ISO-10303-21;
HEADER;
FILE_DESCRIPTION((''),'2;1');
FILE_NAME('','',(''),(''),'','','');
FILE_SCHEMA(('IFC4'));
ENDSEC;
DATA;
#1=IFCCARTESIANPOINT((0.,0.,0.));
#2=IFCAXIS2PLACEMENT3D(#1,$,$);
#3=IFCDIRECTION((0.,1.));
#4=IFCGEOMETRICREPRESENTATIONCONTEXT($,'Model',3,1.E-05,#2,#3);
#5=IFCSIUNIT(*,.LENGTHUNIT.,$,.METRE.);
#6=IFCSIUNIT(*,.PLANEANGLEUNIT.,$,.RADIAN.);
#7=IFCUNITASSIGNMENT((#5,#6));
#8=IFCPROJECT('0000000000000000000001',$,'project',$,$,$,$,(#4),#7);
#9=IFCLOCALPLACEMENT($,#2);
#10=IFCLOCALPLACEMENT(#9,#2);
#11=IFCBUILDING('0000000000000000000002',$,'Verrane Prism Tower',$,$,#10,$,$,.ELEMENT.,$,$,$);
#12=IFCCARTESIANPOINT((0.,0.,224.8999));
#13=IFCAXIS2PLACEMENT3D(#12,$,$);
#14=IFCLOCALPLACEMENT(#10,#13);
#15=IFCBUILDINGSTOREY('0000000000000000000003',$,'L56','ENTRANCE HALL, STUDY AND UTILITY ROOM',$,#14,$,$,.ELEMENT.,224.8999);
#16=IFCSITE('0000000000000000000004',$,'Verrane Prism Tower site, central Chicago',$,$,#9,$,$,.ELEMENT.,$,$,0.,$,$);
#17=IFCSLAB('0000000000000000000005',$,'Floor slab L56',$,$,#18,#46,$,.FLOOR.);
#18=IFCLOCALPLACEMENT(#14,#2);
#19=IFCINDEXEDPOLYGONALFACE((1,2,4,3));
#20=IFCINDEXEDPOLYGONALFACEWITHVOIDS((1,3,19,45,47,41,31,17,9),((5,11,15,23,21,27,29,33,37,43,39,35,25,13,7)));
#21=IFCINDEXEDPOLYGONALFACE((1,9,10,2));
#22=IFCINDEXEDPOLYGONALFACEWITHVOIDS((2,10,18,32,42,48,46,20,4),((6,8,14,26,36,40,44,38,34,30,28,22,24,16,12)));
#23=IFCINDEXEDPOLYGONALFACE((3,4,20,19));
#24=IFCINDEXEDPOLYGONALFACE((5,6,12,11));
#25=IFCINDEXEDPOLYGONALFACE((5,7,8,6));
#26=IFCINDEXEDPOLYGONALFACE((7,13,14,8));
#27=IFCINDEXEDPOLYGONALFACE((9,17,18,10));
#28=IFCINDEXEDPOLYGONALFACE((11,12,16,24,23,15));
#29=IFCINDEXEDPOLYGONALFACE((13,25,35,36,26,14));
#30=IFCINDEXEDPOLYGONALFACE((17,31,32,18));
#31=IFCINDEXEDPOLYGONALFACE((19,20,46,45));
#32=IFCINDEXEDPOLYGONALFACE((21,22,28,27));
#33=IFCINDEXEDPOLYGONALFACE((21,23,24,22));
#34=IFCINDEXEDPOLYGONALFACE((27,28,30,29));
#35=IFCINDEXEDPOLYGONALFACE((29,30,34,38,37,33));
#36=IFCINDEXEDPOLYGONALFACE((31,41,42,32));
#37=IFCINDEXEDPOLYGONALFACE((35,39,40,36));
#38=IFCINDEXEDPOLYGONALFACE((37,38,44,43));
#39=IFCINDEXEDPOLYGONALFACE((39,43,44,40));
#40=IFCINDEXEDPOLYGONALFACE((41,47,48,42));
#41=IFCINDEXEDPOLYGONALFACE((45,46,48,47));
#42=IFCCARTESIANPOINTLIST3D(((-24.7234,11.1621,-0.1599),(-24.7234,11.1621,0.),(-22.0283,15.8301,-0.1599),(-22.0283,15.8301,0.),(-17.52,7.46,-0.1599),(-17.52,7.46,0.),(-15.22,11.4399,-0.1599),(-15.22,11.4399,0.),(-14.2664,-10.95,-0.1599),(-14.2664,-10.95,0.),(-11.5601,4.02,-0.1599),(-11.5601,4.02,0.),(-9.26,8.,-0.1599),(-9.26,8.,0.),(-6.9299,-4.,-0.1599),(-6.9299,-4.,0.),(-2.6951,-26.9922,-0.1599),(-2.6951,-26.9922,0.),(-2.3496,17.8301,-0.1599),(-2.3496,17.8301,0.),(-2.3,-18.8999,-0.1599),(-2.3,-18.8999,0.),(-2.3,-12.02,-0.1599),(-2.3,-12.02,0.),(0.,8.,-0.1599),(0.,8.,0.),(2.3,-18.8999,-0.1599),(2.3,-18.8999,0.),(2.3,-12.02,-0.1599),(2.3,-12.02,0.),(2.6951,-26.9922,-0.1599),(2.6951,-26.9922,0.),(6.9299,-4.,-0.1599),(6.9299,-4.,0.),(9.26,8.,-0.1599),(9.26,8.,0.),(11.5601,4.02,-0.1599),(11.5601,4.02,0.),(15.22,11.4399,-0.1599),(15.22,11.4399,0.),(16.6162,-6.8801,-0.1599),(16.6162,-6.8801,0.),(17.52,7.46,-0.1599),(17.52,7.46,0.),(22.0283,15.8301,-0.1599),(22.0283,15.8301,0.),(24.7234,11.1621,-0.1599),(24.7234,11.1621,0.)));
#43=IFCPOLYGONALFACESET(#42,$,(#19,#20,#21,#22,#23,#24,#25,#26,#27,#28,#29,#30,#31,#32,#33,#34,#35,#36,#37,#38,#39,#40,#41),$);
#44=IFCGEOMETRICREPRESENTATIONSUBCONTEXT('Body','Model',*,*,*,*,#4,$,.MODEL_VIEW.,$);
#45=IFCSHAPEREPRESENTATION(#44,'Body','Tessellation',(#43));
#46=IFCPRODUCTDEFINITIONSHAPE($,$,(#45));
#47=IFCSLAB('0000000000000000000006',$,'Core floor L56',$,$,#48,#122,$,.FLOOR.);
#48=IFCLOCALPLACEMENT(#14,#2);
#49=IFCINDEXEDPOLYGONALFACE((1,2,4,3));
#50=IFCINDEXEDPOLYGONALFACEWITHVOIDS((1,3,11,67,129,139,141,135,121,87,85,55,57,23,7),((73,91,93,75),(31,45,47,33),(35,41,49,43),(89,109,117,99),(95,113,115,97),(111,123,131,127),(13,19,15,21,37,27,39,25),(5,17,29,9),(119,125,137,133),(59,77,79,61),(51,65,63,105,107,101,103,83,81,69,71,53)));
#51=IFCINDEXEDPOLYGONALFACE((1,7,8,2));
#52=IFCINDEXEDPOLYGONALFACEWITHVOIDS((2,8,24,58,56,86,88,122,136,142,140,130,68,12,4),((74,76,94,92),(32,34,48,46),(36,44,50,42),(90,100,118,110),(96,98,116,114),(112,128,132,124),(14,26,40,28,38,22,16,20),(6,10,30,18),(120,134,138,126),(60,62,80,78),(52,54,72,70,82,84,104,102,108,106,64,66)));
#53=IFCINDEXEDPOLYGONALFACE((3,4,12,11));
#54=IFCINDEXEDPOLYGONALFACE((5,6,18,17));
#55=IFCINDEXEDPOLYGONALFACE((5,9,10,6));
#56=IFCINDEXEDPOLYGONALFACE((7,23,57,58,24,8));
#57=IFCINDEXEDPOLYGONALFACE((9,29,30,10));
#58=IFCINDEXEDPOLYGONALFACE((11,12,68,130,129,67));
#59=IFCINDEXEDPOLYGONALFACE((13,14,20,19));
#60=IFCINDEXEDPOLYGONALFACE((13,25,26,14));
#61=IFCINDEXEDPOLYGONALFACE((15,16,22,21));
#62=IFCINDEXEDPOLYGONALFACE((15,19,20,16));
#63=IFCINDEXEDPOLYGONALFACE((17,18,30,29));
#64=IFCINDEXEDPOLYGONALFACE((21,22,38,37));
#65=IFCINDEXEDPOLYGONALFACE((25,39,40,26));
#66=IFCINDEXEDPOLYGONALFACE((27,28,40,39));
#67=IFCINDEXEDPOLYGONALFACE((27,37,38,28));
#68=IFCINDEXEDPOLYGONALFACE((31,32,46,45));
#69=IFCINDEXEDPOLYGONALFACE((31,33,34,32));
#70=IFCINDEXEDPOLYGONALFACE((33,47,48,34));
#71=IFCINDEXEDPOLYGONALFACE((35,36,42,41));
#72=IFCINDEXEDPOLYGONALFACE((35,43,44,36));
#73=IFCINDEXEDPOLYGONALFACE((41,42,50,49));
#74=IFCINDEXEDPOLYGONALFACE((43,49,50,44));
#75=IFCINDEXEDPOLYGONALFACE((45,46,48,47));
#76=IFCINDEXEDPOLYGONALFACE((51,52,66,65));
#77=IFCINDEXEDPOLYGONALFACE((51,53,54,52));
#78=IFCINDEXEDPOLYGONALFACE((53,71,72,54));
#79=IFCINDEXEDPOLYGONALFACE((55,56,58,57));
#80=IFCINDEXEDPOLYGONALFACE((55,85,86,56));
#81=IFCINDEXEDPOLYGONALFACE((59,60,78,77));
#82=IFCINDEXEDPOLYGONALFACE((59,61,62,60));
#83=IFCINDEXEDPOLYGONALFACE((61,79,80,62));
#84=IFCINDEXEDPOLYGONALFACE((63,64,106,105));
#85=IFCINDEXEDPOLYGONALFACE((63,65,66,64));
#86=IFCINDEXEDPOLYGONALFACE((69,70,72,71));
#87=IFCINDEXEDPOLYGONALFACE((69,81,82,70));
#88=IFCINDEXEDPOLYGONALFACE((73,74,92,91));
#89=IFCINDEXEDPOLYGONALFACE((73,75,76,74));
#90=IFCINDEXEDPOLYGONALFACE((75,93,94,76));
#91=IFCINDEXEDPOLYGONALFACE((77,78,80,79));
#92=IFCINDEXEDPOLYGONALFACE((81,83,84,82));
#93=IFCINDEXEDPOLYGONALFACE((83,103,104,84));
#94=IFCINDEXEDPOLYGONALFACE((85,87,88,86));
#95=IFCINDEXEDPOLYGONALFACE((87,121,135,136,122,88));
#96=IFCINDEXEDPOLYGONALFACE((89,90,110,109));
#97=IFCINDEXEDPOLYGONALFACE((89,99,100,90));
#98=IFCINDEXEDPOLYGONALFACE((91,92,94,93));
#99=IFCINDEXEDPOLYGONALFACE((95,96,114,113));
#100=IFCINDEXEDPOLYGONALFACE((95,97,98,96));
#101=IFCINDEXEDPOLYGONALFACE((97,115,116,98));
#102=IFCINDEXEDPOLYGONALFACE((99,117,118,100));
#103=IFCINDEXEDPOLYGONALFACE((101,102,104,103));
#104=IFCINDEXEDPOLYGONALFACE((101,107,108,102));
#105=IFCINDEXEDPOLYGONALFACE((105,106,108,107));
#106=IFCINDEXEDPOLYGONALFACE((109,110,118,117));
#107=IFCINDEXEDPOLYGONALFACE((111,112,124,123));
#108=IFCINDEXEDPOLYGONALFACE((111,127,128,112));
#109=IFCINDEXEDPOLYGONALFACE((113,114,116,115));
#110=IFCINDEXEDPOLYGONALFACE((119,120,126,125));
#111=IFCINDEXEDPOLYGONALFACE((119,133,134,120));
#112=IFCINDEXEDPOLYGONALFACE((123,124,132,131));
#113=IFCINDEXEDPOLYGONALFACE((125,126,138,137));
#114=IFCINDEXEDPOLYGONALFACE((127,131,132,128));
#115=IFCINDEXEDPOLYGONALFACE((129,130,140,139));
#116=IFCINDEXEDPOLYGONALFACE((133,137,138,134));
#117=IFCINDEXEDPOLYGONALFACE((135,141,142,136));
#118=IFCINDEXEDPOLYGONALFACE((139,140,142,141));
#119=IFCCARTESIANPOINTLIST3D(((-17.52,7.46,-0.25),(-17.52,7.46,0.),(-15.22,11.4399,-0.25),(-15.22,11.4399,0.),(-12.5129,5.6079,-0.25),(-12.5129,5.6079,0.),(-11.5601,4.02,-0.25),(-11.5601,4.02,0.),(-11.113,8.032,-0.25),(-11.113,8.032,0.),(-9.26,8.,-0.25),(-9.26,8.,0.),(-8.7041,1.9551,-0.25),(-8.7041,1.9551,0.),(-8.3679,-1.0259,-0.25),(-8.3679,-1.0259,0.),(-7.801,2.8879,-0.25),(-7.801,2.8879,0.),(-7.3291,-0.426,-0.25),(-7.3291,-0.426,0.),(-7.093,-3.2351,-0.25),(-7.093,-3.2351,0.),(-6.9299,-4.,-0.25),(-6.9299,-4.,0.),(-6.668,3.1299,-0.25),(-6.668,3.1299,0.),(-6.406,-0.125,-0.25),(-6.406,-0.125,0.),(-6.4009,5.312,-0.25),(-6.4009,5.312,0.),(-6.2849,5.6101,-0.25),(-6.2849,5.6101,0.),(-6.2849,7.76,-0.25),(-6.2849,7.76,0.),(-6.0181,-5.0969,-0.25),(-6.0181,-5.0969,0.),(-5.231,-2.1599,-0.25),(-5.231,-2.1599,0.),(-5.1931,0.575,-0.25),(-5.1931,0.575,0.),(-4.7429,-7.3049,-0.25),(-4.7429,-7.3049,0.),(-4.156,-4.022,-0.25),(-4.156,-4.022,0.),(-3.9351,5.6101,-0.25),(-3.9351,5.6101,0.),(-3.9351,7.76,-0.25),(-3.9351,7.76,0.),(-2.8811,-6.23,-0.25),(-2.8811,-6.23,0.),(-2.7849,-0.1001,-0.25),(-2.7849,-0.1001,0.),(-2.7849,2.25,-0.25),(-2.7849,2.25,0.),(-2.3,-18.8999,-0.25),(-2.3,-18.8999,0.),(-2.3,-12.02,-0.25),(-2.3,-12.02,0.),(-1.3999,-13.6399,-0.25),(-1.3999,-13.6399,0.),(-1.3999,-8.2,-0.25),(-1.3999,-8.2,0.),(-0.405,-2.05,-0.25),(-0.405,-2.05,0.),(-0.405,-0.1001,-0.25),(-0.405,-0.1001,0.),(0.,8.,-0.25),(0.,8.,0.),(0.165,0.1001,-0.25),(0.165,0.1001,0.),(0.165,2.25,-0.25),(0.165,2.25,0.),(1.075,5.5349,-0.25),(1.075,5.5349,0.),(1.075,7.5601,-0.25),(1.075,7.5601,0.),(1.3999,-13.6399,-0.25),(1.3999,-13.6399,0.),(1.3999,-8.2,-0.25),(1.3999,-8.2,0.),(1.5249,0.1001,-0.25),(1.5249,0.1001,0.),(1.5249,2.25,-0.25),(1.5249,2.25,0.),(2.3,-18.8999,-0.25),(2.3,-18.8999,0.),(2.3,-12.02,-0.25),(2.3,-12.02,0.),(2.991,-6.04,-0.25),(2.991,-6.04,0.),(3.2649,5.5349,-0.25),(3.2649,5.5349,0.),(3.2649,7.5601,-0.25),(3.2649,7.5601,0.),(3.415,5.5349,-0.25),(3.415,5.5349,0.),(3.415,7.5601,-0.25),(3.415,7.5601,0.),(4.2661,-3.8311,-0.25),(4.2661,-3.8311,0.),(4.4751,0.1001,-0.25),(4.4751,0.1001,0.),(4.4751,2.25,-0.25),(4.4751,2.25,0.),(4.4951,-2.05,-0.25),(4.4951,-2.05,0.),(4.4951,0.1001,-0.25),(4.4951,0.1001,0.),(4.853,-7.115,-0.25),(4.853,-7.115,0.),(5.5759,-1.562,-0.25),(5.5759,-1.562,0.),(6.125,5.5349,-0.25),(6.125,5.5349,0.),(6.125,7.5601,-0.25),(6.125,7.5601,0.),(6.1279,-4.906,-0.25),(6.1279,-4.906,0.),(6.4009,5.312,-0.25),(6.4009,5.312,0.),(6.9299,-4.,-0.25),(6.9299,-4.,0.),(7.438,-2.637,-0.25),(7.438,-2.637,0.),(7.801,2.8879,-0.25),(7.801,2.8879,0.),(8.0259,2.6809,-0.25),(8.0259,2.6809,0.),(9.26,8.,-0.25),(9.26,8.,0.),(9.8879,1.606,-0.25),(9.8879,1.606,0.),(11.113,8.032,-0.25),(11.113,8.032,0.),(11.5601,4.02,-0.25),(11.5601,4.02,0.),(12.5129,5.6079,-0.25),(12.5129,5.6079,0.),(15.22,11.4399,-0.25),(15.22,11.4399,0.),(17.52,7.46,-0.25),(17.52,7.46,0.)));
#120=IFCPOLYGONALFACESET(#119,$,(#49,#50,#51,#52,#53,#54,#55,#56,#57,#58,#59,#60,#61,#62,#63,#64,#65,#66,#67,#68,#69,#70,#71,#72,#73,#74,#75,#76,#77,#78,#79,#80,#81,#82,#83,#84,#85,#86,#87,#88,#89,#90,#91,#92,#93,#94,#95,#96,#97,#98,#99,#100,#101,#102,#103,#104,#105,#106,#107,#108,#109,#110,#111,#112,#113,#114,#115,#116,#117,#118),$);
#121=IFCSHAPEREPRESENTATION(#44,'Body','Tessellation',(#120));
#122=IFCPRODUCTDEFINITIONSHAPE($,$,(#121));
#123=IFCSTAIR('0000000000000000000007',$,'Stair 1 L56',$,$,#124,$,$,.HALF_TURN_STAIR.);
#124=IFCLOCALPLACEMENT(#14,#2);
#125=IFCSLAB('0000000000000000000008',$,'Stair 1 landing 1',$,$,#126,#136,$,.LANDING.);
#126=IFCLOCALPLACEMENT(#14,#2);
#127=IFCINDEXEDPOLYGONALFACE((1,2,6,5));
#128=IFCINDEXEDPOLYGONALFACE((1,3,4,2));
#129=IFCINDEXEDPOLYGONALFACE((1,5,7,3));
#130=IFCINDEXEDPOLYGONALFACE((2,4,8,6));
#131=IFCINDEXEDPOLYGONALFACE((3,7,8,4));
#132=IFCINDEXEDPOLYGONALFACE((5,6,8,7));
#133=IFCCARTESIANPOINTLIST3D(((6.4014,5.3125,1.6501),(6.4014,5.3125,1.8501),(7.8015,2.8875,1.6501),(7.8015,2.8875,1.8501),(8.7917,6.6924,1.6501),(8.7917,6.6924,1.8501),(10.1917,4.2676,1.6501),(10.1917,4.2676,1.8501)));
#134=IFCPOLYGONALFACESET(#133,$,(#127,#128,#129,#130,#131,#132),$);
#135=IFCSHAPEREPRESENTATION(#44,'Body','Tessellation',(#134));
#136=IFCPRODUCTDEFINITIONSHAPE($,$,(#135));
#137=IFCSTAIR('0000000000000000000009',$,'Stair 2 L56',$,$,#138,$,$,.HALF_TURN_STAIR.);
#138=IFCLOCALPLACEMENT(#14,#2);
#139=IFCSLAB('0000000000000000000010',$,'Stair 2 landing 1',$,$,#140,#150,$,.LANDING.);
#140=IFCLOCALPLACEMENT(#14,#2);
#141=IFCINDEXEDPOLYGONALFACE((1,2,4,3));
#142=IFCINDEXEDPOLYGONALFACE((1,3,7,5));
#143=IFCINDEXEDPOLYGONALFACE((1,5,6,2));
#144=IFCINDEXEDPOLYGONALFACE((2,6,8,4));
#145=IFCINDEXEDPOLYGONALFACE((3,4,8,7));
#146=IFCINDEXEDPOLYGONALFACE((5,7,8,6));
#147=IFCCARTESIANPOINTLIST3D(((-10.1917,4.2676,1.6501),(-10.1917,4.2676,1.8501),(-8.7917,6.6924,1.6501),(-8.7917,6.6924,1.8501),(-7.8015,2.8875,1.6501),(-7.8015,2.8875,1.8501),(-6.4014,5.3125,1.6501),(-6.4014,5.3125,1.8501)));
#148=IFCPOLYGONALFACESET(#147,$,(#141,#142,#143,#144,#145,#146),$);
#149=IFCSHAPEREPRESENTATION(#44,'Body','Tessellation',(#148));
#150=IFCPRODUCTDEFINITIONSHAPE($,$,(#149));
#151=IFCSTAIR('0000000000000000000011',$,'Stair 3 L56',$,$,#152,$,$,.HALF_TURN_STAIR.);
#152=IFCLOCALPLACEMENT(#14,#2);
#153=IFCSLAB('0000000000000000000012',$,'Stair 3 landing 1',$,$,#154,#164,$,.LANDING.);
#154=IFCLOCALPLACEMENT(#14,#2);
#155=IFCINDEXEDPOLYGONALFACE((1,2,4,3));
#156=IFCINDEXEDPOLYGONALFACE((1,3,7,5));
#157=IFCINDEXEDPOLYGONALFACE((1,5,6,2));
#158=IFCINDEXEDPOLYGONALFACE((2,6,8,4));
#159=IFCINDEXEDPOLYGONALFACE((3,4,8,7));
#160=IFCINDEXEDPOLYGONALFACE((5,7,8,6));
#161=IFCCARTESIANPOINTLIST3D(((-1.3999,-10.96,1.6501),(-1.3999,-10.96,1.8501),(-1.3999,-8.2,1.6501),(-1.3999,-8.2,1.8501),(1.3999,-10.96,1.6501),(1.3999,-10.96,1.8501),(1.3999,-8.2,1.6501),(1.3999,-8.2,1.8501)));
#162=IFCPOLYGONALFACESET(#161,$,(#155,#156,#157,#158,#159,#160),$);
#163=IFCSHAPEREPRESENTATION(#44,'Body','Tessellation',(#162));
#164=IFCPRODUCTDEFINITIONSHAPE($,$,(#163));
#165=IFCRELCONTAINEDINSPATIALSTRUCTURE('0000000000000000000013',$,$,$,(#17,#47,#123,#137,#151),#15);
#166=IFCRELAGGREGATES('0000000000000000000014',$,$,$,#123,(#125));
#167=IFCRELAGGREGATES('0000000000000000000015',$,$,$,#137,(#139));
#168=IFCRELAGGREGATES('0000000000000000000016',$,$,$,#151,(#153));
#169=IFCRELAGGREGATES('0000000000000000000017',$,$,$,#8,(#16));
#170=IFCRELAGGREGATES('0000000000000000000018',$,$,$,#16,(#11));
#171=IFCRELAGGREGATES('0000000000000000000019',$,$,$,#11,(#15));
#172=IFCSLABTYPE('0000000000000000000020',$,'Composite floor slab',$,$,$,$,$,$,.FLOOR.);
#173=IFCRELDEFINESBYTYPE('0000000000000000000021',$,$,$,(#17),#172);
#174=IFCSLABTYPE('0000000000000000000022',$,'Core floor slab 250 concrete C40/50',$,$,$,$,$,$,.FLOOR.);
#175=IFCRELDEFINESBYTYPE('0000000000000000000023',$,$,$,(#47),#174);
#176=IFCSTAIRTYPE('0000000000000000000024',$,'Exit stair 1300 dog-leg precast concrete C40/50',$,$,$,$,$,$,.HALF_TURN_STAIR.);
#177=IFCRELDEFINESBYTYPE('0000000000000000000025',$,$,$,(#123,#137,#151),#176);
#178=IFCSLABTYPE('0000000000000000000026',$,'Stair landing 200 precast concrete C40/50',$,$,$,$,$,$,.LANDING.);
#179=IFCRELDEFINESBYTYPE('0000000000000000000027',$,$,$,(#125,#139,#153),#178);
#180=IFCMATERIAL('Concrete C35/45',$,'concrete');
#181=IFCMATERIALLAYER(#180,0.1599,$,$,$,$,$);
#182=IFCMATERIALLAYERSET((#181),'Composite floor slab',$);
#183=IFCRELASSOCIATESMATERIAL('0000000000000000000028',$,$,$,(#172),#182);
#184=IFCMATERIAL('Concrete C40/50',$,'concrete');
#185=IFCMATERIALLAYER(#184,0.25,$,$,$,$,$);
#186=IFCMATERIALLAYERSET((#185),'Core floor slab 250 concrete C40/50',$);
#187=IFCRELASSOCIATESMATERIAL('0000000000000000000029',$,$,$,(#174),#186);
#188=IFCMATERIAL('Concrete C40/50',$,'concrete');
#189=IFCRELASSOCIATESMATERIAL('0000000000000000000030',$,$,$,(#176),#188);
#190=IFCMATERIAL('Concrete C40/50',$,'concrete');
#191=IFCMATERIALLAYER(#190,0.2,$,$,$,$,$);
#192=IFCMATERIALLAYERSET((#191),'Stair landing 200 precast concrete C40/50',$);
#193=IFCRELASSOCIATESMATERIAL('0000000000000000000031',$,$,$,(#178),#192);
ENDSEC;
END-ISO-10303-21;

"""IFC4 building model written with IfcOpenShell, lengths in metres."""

from ifc_helpers import new_model, si_unit, direction, frame, origin, place, context, subcontext, project, spatial, polyline, outline, extrude, material, layer, layer_set, type_object, element, aggregate, save


model = new_model("IFC4")

# Units and contexts
model_context = context("Model", 3, precision=1e-05, world=origin(), true_north=direction((0.0, 1.0)))
body_context = subcontext(model_context, "Body", "Model", "MODEL_VIEW")
ifc_project = project(units=[si_unit("LENGTHUNIT", "METRE"), si_unit("PLANEANGLEUNIT", "RADIAN")], contexts=[model_context])

# Site, building, storey
site_placement = place(None, origin())
site = spatial("IfcSite", under=ifc_project, at=site_placement, Name="Verrane Prism Tower site, central Chicago", CompositionType="ELEMENT", RefElevation=0.0)
building_placement = place(site_placement, origin())
building = spatial("IfcBuilding", under=site, at=building_placement, Name="Verrane Prism Tower", CompositionType="ELEMENT")
storey_placement = place(building_placement, frame((0.0, 0.0, 224.8999)))
storey = spatial("IfcBuildingStorey", under=building, at=storey_placement, Name="L56", Description="ENTRANCE HALL, STUDY AND UTILITY ROOM", CompositionType="ELEMENT", Elevation=224.8999)

# Slabs
ifc_material_1 = material(Name="Concrete C35/45", Category="concrete")
ifc_layer_1 = layer(ifc_material_1, 0.1599)
ifc_layer_set_1 = layer_set([ifc_layer_1], Name="Composite floor slab")
slab_type_1 = type_object("IfcSlabType", Name="Composite floor slab", PredefinedType="FLOOR", material=ifc_layer_set_1)
slab_1_placement = place(storey_placement, frame((0.0, 0.0, -0.1599)))
element("IfcSlab", 1, at=slab_1_placement, inside=storey, type_object=slab_type_1, Name="Floor slab L56", PredefinedType="FLOOR", context=body_context, shape_type="SweptSolid", body=[
    extrude(outline(polyline([(16.6162, -6.8801), (2.6951, -26.9922), (-2.6951, -26.9922), (-14.2664, -10.95), (-24.7234, 11.1621), (-22.0283, 15.8301), (-2.3496, 17.8301), (22.0283, 15.8301), (24.7234, 11.1621), (16.6162, -6.8801)]), holes=[polyline([(17.52, 7.46), (15.22, 11.4399), (9.26, 8.0), (0.0, 8.0), (-9.26, 8.0), (-15.22, 11.4399), (-17.52, 7.46), (-11.5601, 4.02), (-6.9299, -4.0), (-2.3, -12.02), (-2.3, -18.8999), (2.3, -18.8999), (2.3, -12.02), (6.9299, -4.0), (11.5601, 4.02), (17.52, 7.46)])]), origin(), (0.0, 0.0, 1.0), 0.1599),
])
ifc_material_2 = material(Name="Concrete C40/50", Category="concrete")
ifc_layer_2 = layer(ifc_material_2, 0.25)
ifc_layer_set_2 = layer_set([ifc_layer_2], Name="Core floor slab 250 concrete C40/50")
slab_type_2 = type_object("IfcSlabType", Name="Core floor slab 250 concrete C40/50", PredefinedType="FLOOR", material=ifc_layer_set_2)
slab_2_placement = place(storey_placement, frame((0.0, 0.0, -0.25)))
element("IfcSlab", 2, at=slab_2_placement, inside=storey, type_object=slab_type_2, Name="Core floor L56", PredefinedType="FLOOR", context=body_context, shape_type="SweptSolid", body=[
    extrude(outline(polyline([(11.5601, 4.02), (17.52, 7.46), (15.22, 11.4399), (9.26, 8.0), (0.0, 8.0), (-9.26, 8.0), (-15.22, 11.4399), (-17.52, 7.46), (-11.5601, 4.02), (-6.9299, -4.0), (-2.3, -12.02), (-2.3, -18.8999), (2.3, -18.8999), (2.3, -12.02), (6.9299, -4.0), (11.5601, 4.02)]), holes=[polyline([(1.3999, -8.2), (1.3999, -13.6399), (-1.3999, -13.6399), (-1.3999, -8.2), (1.3999, -8.2)]), polyline([(-2.8811, -6.23), (-4.7429, -7.3049), (-6.0181, -5.0969), (-4.156, -4.022), (-2.8811, -6.23)]), polyline([(-7.801, 2.8879), (-12.5129, 5.6079), (-11.113, 8.032), (-6.4009, 5.312), (-7.801, 2.8879)]), polyline([(-6.2849, 5.6101), (-6.2849, 7.76), (-3.9351, 7.76), (-3.9351, 5.6101), (-6.2849, 5.6101)]), polyline([(4.2661, -3.8311), (6.1279, -4.906), (4.853, -7.115), (2.991, -6.04), (4.2661, -3.8311)]), polyline([(7.438, -2.637), (5.5759, -1.562), (8.0259, 2.6809), (9.8879, 1.606), (7.438, -2.637)]), polyline([(0.165, 0.1001), (1.5249, 0.1001), (1.5249, 2.25), (4.4751, 2.25), (4.4751, 0.1001), (4.4951, 0.1001), (4.4951, -2.05), (-0.405, -2.05), (-0.405, -0.1001), (-2.7849, -0.1001), (-2.7849, 2.25), (0.165, 2.25), (0.165, 0.1001)]), polyline([(6.4009, 5.312), (11.113, 8.032), (12.5129, 5.6079), (7.801, 2.8879), (6.4009, 5.312)]), polyline([(1.075, 5.5349), (1.075, 7.5601), (3.2649, 7.5601), (3.2649, 5.5349), (1.075, 5.5349)]), polyline([(3.415, 7.5601), (6.125, 7.5601), (6.125, 5.5349), (3.415, 5.5349), (3.415, 7.5601)]), polyline([(-5.231, -2.1599), (-7.093, -3.2351), (-8.3679, -1.0259), (-7.3291, -0.426), (-8.7041, 1.9551), (-6.668, 3.1299), (-5.1931, 0.575), (-6.406, -0.125), (-5.231, -2.1599)])]), origin(), (0.0, 0.0, 1.0), 0.25),
])

# Stairs, slabs
ifc_material_3 = material(Name="Concrete C40/50", Category="concrete")
stair_type = type_object("IfcStairType", Name="Exit stair 1300 dog-leg precast concrete C40/50", PredefinedType="HALF_TURN_STAIR", material=ifc_material_3)
stair_1_placement = place(storey_placement, origin())
stair_1 = element("IfcStair", 3, at=stair_1_placement, inside=storey, type_object=stair_type, Name="Stair 1 L56", PredefinedType="HALF_TURN_STAIR")
ifc_material_4 = material(Name="Concrete C40/50", Category="concrete")
ifc_layer_3 = layer(ifc_material_4, 0.2)
ifc_layer_set_3 = layer_set([ifc_layer_3], Name="Stair landing 200 precast concrete C40/50")
slab_type_3 = type_object("IfcSlabType", Name="Stair landing 200 precast concrete C40/50", PredefinedType="LANDING", material=ifc_layer_set_3)
slab_3_placement = place(storey_placement, frame((0.0, 0.0, 1.6501)))
slab_3 = element("IfcSlab", 4, at=slab_3_placement, type_object=slab_type_3, Name="Stair 1 landing 1", PredefinedType="LANDING", context=body_context, shape_type="SweptSolid", body=[
    extrude(outline(polyline([(8.7917, 6.6924), (6.4014, 5.3125), (7.8015, 2.8875), (10.1917, 4.2676), (8.7917, 6.6924)])), origin(), (0.0, 0.0, 1.0), 0.2),
])
aggregate(stair_1, [slab_3])
stair_2_placement = place(storey_placement, origin())
stair_2 = element("IfcStair", 5, at=stair_2_placement, inside=storey, type_object=stair_type, Name="Stair 2 L56", PredefinedType="HALF_TURN_STAIR")
slab_4_placement = place(storey_placement, frame((0.0, 0.0, 1.6501)))
slab_4 = element("IfcSlab", 6, at=slab_4_placement, type_object=slab_type_3, Name="Stair 2 landing 1", PredefinedType="LANDING", context=body_context, shape_type="SweptSolid", body=[
    extrude(outline(polyline([(-10.1917, 4.2676), (-7.8015, 2.8875), (-6.4014, 5.3125), (-8.7917, 6.6924), (-10.1917, 4.2676)])), origin(), (0.0, 0.0, 1.0), 0.2),
])
aggregate(stair_2, [slab_4])
stair_3_placement = place(storey_placement, origin())
stair_3 = element("IfcStair", 7, at=stair_3_placement, inside=storey, type_object=stair_type, Name="Stair 3 L56", PredefinedType="HALF_TURN_STAIR")
slab_5_placement = place(storey_placement, frame((0.0, 0.0, 1.6501)))
slab_5 = element("IfcSlab", 8, at=slab_5_placement, type_object=slab_type_3, Name="Stair 3 landing 1", PredefinedType="LANDING", context=body_context, shape_type="SweptSolid", body=[
    extrude(outline(polyline([(1.3999, -10.96), (1.3999, -8.2), (-1.3999, -8.2), (-1.3999, -10.96), (1.3999, -10.96)])), origin(), (0.0, 0.0, 1.0), 0.2),
])
aggregate(stair_3, [slab_5])

save(model, "model.ifc")
